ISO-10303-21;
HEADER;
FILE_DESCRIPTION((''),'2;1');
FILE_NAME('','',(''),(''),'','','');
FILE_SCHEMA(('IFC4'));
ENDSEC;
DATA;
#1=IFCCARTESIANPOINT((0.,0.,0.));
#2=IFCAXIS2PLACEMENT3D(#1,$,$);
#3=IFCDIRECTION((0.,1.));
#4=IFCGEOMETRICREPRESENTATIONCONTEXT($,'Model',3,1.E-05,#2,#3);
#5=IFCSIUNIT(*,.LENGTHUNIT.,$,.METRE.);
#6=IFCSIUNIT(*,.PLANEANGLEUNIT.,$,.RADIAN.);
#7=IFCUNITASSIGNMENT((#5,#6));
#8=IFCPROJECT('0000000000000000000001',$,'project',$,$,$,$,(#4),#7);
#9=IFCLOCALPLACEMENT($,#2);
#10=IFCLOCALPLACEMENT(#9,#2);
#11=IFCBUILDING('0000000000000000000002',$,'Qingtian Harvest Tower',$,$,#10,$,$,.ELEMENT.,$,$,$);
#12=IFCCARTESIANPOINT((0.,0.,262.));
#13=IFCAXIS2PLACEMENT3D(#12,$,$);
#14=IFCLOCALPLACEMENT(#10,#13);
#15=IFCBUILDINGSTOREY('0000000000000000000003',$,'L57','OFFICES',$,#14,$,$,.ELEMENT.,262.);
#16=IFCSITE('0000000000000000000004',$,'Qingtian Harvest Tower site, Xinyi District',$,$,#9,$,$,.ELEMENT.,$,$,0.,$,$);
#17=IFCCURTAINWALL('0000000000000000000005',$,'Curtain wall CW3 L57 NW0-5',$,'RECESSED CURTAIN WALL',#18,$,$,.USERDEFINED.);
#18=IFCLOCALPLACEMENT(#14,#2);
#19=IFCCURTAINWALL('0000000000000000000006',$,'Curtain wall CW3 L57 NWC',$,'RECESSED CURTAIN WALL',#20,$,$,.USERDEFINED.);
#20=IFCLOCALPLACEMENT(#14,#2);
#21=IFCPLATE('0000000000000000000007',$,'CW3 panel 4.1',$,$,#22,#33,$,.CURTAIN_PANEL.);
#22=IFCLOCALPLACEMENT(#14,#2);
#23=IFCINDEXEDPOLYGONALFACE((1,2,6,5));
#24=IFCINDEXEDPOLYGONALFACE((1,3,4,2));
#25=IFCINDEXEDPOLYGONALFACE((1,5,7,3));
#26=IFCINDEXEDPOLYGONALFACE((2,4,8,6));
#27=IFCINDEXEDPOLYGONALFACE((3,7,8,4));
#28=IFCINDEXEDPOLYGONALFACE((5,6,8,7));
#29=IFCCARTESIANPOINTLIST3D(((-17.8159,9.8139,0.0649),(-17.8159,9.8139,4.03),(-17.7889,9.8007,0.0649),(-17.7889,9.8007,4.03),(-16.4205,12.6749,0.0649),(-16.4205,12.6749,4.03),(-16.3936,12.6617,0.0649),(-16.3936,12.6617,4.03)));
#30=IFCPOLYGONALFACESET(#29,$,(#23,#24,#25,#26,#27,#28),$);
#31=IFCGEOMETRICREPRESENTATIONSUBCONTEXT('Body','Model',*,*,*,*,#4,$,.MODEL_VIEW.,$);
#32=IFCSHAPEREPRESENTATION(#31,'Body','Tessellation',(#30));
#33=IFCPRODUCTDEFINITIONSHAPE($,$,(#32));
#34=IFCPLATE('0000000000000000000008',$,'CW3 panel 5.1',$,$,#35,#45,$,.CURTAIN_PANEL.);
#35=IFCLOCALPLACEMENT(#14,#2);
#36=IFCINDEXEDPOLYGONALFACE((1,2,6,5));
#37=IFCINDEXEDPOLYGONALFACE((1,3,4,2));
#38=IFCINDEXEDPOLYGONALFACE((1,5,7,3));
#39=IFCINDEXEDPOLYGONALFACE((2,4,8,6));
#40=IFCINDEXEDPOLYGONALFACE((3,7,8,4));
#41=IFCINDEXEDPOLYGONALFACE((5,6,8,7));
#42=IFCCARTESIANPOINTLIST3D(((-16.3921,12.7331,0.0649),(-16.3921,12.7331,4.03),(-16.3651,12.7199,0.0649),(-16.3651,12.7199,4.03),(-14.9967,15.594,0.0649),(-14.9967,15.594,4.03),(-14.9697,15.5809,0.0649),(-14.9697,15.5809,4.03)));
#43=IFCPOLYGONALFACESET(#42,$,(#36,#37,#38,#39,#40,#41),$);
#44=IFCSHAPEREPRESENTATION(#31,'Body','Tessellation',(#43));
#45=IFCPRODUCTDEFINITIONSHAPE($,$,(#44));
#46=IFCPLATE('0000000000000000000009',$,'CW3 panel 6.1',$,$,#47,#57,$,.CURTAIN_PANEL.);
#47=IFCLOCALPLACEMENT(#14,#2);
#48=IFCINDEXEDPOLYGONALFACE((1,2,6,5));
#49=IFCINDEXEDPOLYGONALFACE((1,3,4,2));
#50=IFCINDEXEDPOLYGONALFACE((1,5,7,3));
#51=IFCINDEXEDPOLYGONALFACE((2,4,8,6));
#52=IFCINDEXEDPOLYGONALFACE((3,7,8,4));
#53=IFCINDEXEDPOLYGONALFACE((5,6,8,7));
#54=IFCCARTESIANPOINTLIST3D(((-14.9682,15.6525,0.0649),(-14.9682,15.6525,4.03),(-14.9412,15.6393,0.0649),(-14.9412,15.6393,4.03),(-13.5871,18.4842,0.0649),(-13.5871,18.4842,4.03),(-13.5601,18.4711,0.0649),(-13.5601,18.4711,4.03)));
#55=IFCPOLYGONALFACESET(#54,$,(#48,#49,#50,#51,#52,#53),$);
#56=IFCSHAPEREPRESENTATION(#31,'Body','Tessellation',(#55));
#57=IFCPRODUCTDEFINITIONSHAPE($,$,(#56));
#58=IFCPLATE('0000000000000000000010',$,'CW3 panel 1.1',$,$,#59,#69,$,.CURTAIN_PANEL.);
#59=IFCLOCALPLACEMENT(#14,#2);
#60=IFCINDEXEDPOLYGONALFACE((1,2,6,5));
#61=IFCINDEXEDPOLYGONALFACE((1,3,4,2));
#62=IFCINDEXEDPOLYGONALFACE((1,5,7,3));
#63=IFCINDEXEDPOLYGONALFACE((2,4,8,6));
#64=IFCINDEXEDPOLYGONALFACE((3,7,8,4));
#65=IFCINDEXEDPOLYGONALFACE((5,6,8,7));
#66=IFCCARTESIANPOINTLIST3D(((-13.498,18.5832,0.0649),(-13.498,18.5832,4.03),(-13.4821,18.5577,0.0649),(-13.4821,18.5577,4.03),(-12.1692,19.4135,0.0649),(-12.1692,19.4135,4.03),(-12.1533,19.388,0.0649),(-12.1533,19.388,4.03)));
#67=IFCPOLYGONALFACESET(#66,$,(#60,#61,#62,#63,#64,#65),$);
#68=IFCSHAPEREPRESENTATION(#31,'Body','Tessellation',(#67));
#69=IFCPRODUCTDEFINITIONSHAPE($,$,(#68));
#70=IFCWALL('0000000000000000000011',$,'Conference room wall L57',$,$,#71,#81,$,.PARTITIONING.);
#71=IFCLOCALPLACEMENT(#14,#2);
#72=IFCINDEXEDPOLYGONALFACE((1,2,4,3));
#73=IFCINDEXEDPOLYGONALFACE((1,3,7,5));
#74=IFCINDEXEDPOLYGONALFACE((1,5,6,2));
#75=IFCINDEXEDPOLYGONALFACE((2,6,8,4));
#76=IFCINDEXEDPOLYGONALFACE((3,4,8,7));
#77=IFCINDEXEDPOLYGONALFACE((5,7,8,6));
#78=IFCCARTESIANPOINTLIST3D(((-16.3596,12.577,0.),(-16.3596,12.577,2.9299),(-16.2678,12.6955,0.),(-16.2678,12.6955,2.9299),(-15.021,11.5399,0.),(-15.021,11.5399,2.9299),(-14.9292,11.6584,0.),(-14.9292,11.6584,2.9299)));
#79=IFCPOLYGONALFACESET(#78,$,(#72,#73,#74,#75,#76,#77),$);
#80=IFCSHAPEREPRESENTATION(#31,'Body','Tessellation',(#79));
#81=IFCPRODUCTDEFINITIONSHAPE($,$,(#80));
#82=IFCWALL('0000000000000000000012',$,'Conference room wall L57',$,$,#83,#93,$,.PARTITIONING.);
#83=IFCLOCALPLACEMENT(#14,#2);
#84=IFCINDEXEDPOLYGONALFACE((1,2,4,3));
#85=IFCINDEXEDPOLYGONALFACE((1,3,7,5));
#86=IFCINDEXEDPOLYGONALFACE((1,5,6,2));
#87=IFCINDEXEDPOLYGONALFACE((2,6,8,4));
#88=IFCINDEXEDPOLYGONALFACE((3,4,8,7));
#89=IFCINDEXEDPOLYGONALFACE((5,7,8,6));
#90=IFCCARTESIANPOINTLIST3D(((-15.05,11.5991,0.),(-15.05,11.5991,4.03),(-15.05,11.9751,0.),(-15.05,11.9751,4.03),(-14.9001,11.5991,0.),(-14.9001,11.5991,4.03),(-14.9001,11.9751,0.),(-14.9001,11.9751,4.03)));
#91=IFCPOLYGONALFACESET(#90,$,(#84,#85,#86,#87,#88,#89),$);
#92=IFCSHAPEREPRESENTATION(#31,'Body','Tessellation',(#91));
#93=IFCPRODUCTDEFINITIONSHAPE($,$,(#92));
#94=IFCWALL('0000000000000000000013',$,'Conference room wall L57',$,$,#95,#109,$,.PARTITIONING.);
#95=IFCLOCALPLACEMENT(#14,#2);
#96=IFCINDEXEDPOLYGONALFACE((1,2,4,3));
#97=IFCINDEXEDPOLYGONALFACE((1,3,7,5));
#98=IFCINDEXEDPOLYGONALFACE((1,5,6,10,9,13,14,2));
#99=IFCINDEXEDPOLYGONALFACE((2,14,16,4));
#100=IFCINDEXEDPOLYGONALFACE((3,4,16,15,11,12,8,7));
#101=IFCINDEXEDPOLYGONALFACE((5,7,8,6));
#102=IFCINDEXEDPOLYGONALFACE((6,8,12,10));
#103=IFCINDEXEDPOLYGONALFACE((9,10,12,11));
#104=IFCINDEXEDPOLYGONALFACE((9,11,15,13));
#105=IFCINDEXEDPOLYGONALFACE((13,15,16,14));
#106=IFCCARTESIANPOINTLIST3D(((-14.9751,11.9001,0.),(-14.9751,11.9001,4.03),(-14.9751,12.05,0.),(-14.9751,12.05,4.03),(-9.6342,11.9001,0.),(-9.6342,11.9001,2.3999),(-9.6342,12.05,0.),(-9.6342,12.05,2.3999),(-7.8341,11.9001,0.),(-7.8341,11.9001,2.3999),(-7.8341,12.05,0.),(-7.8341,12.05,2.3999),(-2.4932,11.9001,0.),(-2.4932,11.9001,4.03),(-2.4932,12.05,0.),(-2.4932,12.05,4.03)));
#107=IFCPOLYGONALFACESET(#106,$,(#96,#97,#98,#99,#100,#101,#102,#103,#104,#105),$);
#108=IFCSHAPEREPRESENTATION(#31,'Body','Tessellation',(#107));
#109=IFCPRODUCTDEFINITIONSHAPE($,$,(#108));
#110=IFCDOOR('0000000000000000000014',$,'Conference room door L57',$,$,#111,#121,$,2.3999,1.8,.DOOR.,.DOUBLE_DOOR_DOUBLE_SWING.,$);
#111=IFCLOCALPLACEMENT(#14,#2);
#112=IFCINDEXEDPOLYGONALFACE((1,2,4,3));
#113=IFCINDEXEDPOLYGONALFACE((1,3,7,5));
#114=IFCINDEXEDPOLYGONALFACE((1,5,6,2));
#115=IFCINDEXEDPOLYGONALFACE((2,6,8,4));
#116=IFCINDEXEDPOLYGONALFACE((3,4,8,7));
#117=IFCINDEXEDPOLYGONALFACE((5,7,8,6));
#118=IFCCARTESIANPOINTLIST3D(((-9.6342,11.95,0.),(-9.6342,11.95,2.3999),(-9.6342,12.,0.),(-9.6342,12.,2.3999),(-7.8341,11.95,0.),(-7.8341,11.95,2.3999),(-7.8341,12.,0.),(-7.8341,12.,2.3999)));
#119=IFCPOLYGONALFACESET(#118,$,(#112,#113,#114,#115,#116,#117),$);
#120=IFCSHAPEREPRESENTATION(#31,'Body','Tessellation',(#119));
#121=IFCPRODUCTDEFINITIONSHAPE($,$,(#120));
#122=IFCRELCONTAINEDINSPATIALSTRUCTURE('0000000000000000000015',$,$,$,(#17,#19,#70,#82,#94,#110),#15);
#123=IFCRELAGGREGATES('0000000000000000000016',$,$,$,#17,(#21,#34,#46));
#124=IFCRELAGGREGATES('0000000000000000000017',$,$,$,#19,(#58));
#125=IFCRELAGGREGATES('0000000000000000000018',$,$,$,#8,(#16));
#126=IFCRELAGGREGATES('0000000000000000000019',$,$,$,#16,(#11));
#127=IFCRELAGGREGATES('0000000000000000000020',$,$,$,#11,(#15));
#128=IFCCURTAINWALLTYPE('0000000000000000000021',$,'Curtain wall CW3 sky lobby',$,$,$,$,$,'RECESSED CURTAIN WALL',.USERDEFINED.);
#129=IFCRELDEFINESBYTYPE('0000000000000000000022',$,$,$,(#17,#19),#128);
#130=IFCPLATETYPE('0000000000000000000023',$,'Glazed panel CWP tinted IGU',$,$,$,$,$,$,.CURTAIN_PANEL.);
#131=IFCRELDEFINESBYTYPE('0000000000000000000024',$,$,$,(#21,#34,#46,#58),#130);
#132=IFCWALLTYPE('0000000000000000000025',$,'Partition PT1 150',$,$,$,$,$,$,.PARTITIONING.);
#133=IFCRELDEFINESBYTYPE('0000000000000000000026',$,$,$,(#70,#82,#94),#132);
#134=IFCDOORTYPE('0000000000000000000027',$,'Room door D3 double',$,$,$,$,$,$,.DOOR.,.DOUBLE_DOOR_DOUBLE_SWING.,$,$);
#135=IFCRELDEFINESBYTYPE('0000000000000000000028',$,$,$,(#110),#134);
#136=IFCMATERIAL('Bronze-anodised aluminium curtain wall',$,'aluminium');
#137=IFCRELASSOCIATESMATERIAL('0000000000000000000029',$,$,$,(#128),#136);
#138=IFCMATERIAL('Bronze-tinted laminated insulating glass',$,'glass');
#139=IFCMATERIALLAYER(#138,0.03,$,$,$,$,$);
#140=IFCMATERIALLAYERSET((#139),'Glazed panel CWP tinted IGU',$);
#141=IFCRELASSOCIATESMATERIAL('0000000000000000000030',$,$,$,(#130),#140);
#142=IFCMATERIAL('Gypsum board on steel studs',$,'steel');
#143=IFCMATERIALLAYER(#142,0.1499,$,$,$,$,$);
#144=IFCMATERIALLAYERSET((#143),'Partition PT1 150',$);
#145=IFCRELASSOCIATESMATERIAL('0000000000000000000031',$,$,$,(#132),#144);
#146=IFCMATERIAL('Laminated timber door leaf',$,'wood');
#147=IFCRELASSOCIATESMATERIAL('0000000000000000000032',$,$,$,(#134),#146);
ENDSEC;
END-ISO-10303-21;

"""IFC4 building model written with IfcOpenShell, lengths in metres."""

from ifc_helpers import new_model, si_unit, direction, frame, frame_2d, origin, origin_2d, place, context, subcontext, project, spatial, rectangle, extrude, material, layer, layer_set, type_object, element, fill, aggregate, save


model = new_model("IFC4")

# Units and contexts
model_context = context("Model", 3, precision=1e-05, world=origin(), true_north=direction((0.0, 1.0)))
body_context = subcontext(model_context, "Body", "Model", "MODEL_VIEW")
ifc_project = project(units=[si_unit("LENGTHUNIT", "METRE"), si_unit("PLANEANGLEUNIT", "RADIAN")], contexts=[model_context])

# Site, building, storey
site_placement = place(None, origin())
site = spatial("IfcSite", under=ifc_project, at=site_placement, Name="Qingtian Harvest Tower site, Xinyi District", CompositionType="ELEMENT", RefElevation=0.0)
building_placement = place(site_placement, origin())
building = spatial("IfcBuilding", under=site, at=building_placement, Name="Qingtian Harvest Tower", CompositionType="ELEMENT")
storey_placement = place(building_placement, frame((0.0, 0.0, 262.0)))
storey = spatial("IfcBuildingStorey", under=building, at=storey_placement, Name="L57", Description="OFFICES", CompositionType="ELEMENT", Elevation=262.0)

# Curtain walls
ifc_material_1 = material(Name="Bronze-anodised aluminium curtain wall", Category="aluminium")
curtain_wall_type = type_object("IfcCurtainWallType", Name="Curtain wall CW3 sky lobby", ElementType="RECESSED CURTAIN WALL", PredefinedType="USERDEFINED", material=ifc_material_1)
curtain_wall_1_placement = place(storey_placement, origin())
curtain_wall_1 = element("IfcCurtainWall", 1, at=curtain_wall_1_placement, inside=storey, type_object=curtain_wall_type, Name="Curtain wall CW3 L57 NW0-5", ObjectType="RECESSED CURTAIN WALL", PredefinedType="USERDEFINED")
curtain_wall_2_placement = place(storey_placement, origin())
curtain_wall_2 = element("IfcCurtainWall", 2, at=curtain_wall_2_placement, inside=storey, type_object=curtain_wall_type, Name="Curtain wall CW3 L57 NWC", ObjectType="RECESSED CURTAIN WALL", PredefinedType="USERDEFINED")

# Plates
ifc_material_2 = material(Name="Bronze-tinted laminated insulating glass", Category="glass")
ifc_layer_1 = layer(ifc_material_2, 0.03)
ifc_layer_set_1 = layer_set([ifc_layer_1], Name="Glazed panel CWP tinted IGU")
plate_type = type_object("IfcPlateType", Name="Glazed panel CWP tinted IGU", PredefinedType="CURTAIN_PANEL", material=ifc_layer_set_1)
plate_1_placement = place(storey_placement, frame((-17.1047, 11.2378, 0.0649), z_axis=(0.0, 0.0, 1.0), x_axis=(0.438371, 0.898794, 0.0)))
plate_1 = element("IfcPlate", 3, at=plate_1_placement, type_object=plate_type, Name="CW3 panel 4.1", PredefinedType="CURTAIN_PANEL", context=body_context, shape_type="SweptSolid", body=[
    extrude(rectangle(XDim=3.1831, YDim=0.03, at=origin_2d()), origin(), (0.0, 0.0, 1.0), 3.9651),
])
plate_2_placement = place(storey_placement, frame((-15.6809, 14.157, 0.0649), z_axis=(0.0, 0.0, 1.0), x_axis=(0.438371, 0.898794, 0.0)))
plate_2 = element("IfcPlate", 4, at=plate_2_placement, type_object=plate_type, Name="CW3 panel 5.1", PredefinedType="CURTAIN_PANEL", context=body_context, shape_type="SweptSolid", body=[
    extrude(rectangle(XDim=3.1831, YDim=0.03, at=origin_2d()), origin(), (0.0, 0.0, 1.0), 3.9651),
])
plate_3_placement = place(storey_placement, frame((-14.2642, 17.0618, 0.0649), z_axis=(0.0, 0.0, 1.0), x_axis=(0.438371, 0.898794, 0.0)))
plate_3 = element("IfcPlate", 5, at=plate_3_placement, type_object=plate_type, Name="CW3 panel 6.1", PredefinedType="CURTAIN_PANEL", context=body_context, shape_type="SweptSolid", body=[
    extrude(rectangle(XDim=3.1506, YDim=0.03, at=origin_2d()), origin(), (0.0, 0.0, 1.0), 3.9651),
])
aggregate(curtain_wall_1, [plate_1, plate_2, plate_3])
plate_4_placement = place(storey_placement, frame((-12.8257, 18.9856, 0.0649), z_axis=(0.0, 0.0, 1.0), x_axis=(0.848048, 0.529919, 0.0)))
plate_4 = element("IfcPlate", 6, at=plate_4_placement, type_object=plate_type, Name="CW3 panel 1.1", PredefinedType="CURTAIN_PANEL", context=body_context, shape_type="SweptSolid", body=[
    extrude(rectangle(XDim=1.5669, YDim=0.03, at=origin_2d()), origin(), (0.0, 0.0, 1.0), 3.9651),
])
aggregate(curtain_wall_2, [plate_4])

# Walls
ifc_material_3 = material(Name="Gypsum board on steel studs", Category="steel")
ifc_layer_2 = layer(ifc_material_3, 0.1499)
ifc_layer_set_2 = layer_set([ifc_layer_2], Name="Partition PT1 150")
wall_type = type_object("IfcWallType", Name="Partition PT1 150", PredefinedType="PARTITIONING", material=ifc_layer_set_2)
wall_1_placement = place(storey_placement, frame((-16.3137, 12.6362, 0.0), z_axis=(0.0, 0.0, 1.0), x_axis=(0.790508, -0.612452, 0.0)))
element("IfcWall", 7, at=wall_1_placement, inside=storey, type_object=wall_type, Name="Conference room wall L57", PredefinedType="PARTITIONING", context=body_context, shape_type="SweptSolid", body=[
    extrude(rectangle(XDim=1.6934, YDim=0.1499, at=frame_2d((0.8467, 0.0))), origin(), (0.0, 0.0, 1.0), 2.9299),
])
wall_2_placement = place(storey_placement, frame((-14.9751, 11.5991, 0.0), z_axis=(0.0, 0.0, 1.0), x_axis=(0.0, 1.0, 0.0)))
element("IfcWall", 8, at=wall_2_placement, inside=storey, type_object=wall_type, Name="Conference room wall L57", PredefinedType="PARTITIONING", context=body_context, shape_type="SweptSolid", body=[
    extrude(rectangle(XDim=0.376, YDim=0.1499, at=frame_2d((0.188, 0.0))), origin(), (0.0, 0.0, 1.0), 4.03),
])

# Wall, opening, door
wall_3_placement = place(storey_placement, frame((-14.9751, 11.9751, 0.0), z_axis=(0.0, 0.0, 1.0), x_axis=(1.0, 0.0, 0.0)))
wall_3 = element("IfcWall", 9, at=wall_3_placement, inside=storey, type_object=wall_type, Name="Conference room wall L57", PredefinedType="PARTITIONING", context=body_context, shape_type="SweptSolid", body=[
    extrude(rectangle(XDim=12.4819, YDim=0.1499, at=frame_2d((6.241, 0.0))), origin(), (0.0, 0.0, 1.0), 4.03),
])
opening_placement = place(wall_3_placement, frame((5.3411, 0.0, 0.0)))
opening = element("IfcOpeningElement", 10, at=opening_placement, cuts=wall_3, PredefinedType="OPENING", context=body_context, shape_type="SweptSolid", body=[
    extrude(rectangle(XDim=1.8, YDim=2.3999, at=frame_2d((0.8999, 1.2))), frame((0.0, 0.085, 0.0), z_axis=(0.0, -1.0, 0.0), x_axis=(1.0, 0.0, 0.0)), (0.0, 0.0, 1.0), 0.1699),
])
ifc_material_4 = material(Name="Laminated timber door leaf", Category="wood")
door_type = type_object("IfcDoorType", Name="Room door D3 double", OperationType="DOUBLE_DOOR_DOUBLE_SWING", PredefinedType="DOOR", material=ifc_material_4)
door_placement = place(opening_placement, origin())
door = element("IfcDoor", 11, at=door_placement, inside=storey, type_object=door_type, Name="Conference room door L57", OperationType="DOUBLE_DOOR_DOUBLE_SWING", OverallHeight=2.3999, OverallWidth=1.8, PredefinedType="DOOR", context=body_context, shape_type="SweptSolid", body=[
    extrude(rectangle(XDim=1.8, YDim=2.3999, at=frame_2d((0.8999, 1.2))), frame((0.0, 0.0249, 0.0), z_axis=(0.0, -1.0, 0.0), x_axis=(1.0, 0.0, 0.0)), (0.0, 0.0, 1.0), 0.05),
])
fill(opening, door)

save(model, "model.ifc")
